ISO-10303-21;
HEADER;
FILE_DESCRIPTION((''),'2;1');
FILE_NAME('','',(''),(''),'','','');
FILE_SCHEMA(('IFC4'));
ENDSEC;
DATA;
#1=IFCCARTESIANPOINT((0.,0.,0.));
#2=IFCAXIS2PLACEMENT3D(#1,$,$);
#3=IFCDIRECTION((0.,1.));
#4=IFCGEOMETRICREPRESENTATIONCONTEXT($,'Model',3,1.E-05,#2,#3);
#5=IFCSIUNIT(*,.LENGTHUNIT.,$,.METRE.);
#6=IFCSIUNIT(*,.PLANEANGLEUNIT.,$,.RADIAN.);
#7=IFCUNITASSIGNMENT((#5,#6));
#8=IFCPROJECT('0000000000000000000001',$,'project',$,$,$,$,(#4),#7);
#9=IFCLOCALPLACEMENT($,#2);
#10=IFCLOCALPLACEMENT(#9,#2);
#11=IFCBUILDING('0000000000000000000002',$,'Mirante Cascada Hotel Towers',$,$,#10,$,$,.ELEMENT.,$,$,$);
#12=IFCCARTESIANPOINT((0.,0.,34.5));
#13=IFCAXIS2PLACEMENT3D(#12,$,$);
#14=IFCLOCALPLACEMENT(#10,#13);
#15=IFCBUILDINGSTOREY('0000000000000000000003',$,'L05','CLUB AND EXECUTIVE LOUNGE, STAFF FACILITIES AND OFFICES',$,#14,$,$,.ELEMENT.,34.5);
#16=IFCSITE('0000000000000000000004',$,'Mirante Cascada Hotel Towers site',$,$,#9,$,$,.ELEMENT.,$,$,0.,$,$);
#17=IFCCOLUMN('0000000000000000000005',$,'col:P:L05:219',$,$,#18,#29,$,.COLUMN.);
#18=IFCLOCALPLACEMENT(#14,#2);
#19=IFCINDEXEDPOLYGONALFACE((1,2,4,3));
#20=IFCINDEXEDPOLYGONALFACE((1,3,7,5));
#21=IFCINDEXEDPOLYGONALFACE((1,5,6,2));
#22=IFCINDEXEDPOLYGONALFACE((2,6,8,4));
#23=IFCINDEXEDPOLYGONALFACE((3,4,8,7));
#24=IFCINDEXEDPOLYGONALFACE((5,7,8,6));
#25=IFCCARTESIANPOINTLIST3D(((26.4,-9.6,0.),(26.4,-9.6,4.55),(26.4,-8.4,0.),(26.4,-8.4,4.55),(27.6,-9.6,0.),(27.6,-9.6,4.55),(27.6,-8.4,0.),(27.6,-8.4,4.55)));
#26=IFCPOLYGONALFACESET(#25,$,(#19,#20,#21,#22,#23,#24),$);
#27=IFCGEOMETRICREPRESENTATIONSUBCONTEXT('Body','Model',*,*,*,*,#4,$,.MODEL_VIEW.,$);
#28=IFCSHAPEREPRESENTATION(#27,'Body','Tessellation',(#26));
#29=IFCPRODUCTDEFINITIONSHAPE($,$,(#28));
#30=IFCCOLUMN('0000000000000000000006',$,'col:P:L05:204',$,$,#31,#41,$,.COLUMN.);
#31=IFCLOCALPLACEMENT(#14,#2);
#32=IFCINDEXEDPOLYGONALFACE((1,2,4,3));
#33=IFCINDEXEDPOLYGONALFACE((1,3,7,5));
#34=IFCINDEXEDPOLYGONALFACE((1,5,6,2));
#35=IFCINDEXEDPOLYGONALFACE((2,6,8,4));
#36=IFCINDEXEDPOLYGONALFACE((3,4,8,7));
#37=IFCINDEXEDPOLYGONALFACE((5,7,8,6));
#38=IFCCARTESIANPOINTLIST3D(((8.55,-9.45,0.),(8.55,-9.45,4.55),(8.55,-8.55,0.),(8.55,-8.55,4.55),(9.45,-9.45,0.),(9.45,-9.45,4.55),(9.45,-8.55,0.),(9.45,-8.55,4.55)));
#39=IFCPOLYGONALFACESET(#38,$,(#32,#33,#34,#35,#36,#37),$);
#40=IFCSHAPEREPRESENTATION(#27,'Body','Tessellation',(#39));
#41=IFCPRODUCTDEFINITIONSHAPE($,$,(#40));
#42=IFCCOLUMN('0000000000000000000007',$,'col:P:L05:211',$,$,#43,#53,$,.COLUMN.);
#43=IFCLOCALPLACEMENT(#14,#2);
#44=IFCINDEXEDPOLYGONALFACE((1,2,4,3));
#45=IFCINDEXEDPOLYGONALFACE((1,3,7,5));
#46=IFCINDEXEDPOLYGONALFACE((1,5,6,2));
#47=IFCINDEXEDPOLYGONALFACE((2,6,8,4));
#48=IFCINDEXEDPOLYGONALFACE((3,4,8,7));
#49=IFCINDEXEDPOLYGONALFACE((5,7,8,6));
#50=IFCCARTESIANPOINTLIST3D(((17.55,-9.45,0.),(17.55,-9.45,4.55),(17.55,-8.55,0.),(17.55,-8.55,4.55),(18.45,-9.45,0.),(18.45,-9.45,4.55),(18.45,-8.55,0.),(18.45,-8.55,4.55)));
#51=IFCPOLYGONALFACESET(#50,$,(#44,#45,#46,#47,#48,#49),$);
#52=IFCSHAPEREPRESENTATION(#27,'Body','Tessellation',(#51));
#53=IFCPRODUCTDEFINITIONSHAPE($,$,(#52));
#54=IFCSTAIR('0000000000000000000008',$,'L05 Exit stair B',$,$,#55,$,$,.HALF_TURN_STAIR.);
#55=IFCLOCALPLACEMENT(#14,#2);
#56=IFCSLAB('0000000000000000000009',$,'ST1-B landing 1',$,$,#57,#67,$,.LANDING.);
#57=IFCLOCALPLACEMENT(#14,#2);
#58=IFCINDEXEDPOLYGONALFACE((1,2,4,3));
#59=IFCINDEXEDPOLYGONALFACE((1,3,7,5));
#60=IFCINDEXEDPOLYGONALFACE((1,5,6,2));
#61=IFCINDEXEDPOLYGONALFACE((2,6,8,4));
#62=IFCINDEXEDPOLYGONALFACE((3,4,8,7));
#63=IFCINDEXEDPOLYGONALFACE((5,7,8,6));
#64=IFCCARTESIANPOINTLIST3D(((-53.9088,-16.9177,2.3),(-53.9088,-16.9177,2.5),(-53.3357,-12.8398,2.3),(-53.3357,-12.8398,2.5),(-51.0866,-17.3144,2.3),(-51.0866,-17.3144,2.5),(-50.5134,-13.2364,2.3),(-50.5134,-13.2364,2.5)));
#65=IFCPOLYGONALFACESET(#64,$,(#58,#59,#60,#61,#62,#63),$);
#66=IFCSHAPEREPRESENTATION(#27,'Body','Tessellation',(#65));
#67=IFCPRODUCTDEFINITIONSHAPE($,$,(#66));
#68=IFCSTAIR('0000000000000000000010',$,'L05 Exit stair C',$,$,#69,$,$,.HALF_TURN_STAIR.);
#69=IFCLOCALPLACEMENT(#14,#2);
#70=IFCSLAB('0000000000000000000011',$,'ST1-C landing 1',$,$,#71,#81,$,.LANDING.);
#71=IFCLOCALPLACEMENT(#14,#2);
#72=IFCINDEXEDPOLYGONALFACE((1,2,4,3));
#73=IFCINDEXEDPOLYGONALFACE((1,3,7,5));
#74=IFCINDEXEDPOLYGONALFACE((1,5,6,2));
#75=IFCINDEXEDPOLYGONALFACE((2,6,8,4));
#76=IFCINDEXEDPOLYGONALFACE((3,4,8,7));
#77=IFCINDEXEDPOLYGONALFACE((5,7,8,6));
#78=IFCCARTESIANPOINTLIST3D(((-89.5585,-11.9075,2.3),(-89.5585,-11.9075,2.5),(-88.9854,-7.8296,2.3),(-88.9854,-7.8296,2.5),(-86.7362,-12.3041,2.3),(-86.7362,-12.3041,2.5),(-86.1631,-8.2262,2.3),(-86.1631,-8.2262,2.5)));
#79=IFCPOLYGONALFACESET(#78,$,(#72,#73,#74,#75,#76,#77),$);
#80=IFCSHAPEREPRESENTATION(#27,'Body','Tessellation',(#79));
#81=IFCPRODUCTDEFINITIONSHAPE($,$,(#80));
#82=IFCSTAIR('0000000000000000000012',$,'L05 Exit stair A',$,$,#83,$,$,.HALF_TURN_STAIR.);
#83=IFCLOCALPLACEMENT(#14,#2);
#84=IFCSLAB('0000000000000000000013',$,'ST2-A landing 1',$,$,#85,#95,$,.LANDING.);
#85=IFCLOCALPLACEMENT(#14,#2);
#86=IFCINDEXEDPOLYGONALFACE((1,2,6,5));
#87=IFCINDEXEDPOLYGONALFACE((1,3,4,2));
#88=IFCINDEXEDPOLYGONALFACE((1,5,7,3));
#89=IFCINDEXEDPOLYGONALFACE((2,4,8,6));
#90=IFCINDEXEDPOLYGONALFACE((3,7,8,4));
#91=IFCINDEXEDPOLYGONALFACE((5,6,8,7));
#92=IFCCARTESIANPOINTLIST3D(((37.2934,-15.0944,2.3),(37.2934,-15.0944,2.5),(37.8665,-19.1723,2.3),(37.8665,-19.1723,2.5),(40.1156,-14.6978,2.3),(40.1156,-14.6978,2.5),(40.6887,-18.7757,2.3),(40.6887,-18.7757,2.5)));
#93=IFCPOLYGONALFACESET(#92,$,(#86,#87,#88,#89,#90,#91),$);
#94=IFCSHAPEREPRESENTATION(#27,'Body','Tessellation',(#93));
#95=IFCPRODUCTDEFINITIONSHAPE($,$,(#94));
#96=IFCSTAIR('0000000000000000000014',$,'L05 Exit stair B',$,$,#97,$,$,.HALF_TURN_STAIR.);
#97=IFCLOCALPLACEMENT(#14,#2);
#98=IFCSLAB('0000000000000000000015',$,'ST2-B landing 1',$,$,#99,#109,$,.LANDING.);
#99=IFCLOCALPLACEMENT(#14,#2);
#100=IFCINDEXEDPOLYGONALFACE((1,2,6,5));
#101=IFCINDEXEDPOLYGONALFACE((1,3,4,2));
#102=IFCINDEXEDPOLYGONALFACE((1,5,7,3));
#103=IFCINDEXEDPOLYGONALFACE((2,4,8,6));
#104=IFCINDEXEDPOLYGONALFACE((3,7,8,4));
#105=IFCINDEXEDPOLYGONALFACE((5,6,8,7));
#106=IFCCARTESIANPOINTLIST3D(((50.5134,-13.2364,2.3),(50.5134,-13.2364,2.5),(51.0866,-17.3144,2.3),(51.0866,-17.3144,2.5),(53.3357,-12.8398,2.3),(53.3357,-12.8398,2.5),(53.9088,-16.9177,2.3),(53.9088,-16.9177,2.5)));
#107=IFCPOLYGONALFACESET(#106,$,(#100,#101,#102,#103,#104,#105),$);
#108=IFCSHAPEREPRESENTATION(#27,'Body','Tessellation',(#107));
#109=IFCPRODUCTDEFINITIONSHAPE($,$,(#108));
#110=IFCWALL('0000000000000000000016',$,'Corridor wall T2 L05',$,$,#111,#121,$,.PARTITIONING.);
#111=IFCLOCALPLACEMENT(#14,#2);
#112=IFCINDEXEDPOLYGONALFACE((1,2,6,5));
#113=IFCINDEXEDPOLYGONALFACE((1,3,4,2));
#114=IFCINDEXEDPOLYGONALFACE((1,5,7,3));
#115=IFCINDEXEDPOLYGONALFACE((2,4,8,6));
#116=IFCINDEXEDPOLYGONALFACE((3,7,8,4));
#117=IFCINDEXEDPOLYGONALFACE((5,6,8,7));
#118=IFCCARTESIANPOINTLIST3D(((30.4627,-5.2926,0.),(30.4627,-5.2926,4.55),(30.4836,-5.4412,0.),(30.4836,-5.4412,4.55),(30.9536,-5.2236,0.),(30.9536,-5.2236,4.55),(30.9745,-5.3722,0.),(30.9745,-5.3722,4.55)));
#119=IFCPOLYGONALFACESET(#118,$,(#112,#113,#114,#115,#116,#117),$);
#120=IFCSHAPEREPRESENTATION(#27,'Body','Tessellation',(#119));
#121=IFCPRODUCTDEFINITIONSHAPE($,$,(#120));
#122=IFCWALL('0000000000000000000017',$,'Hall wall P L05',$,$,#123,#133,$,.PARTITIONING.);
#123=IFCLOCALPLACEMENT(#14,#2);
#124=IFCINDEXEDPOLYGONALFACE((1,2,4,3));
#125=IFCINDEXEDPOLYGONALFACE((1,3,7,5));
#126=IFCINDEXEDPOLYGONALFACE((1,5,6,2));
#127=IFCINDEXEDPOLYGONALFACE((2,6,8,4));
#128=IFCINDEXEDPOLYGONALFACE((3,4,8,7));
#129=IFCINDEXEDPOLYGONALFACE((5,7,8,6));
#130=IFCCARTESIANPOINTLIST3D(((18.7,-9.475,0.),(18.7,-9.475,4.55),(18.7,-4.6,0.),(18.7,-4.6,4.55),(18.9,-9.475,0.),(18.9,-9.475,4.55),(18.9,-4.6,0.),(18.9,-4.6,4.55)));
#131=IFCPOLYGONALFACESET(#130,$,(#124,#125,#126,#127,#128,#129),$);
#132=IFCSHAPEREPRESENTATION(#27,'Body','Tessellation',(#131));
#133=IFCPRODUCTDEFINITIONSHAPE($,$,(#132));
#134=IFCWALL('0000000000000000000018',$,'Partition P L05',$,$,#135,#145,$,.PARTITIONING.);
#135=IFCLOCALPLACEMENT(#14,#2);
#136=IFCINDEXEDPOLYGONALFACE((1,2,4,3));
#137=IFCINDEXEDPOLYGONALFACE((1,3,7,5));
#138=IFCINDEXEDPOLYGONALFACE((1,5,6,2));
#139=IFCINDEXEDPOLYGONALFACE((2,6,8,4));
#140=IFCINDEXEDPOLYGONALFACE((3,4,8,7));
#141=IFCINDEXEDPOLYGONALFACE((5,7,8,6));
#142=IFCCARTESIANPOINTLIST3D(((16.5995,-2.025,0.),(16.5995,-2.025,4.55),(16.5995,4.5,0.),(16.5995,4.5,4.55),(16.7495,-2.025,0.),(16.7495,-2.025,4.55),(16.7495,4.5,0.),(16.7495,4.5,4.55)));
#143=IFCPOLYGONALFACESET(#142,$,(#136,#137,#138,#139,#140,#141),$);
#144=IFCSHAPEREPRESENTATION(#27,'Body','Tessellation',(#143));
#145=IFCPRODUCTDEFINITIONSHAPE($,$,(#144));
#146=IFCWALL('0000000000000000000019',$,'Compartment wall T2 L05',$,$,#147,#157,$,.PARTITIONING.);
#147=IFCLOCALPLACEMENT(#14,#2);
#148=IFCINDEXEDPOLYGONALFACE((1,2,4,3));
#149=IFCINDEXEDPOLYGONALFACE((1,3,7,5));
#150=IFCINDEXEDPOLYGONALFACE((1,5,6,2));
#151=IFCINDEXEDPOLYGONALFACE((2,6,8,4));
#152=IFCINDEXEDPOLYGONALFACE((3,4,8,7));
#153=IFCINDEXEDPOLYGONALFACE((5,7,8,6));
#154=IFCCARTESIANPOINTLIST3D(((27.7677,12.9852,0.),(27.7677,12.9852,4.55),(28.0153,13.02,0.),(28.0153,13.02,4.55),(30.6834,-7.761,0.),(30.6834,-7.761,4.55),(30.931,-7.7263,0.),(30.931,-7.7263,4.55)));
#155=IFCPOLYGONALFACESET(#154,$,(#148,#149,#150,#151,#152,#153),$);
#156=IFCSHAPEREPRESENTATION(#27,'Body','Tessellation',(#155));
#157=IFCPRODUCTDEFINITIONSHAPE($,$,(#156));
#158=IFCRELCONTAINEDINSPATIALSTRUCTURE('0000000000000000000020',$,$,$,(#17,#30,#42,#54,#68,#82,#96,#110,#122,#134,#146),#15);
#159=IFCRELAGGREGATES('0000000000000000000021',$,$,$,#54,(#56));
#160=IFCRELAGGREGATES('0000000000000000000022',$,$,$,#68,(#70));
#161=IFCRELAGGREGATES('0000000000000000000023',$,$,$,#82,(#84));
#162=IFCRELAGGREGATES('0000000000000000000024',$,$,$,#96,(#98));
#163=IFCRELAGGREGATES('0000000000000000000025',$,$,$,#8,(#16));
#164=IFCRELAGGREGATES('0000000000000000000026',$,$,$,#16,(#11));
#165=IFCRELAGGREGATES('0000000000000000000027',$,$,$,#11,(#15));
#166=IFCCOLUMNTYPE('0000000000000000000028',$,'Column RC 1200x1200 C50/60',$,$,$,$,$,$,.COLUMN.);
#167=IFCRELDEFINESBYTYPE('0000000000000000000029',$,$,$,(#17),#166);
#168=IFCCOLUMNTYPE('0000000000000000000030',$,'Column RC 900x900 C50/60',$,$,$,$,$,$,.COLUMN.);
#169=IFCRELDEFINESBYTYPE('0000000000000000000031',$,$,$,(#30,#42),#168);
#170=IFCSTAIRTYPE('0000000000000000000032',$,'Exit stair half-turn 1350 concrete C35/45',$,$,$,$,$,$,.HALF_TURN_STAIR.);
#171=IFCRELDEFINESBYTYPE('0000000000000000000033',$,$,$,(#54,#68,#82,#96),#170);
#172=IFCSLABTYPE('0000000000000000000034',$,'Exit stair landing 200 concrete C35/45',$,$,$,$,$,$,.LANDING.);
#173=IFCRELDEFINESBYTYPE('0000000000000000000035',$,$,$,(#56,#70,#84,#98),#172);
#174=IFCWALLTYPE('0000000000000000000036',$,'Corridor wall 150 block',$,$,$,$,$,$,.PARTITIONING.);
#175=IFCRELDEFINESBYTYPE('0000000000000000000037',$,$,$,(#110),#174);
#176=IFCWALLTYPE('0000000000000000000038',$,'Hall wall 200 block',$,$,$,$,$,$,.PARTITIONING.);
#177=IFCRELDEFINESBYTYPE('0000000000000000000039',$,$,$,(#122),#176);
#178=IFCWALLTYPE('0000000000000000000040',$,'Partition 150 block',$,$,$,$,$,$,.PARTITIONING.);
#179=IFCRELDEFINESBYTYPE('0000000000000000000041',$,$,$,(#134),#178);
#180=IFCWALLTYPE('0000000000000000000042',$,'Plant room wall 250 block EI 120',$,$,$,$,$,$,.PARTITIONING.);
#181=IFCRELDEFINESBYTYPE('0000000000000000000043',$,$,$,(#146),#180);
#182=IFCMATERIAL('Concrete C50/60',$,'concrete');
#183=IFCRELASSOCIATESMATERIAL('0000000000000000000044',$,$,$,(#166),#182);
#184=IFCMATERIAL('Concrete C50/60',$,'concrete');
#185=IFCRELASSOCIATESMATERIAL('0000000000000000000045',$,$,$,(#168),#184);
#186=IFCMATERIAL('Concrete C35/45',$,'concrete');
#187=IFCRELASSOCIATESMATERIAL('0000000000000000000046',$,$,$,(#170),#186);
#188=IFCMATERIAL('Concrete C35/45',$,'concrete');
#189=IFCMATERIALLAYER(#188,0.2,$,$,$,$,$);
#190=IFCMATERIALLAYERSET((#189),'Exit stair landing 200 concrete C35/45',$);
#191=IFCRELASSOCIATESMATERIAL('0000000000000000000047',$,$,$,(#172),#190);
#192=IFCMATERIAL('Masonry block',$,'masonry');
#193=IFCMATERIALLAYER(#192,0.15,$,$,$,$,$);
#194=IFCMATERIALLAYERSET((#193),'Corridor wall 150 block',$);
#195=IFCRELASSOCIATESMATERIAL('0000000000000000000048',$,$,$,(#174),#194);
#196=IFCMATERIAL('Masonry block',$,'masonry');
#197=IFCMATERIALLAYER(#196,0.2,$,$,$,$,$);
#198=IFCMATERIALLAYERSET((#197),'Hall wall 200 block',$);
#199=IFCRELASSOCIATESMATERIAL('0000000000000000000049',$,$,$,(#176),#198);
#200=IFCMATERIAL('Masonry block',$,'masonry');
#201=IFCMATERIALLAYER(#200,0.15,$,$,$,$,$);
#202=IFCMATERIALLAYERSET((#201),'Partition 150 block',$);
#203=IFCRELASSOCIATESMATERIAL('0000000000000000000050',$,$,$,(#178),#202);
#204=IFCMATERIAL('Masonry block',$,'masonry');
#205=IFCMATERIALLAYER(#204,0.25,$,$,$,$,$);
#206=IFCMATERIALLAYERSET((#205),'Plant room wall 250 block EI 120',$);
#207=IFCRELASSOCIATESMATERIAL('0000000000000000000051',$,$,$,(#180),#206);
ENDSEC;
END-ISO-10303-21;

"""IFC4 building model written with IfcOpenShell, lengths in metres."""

from ifc_helpers import new_model, si_unit, direction, frame, frame_2d, origin, origin_2d, place, context, subcontext, project, spatial, polyline, rectangle, outline, extrude, material, layer, layer_set, material_profile, profile_set, type_object, element, aggregate, save


model = new_model("IFC4")

# Units and contexts
model_context = context("Model", 3, precision=1e-05, world=origin(), true_north=direction((0.0, 1.0)))
body_context = subcontext(model_context, "Body", "Model", "MODEL_VIEW")
ifc_project = project(units=[si_unit("LENGTHUNIT", "METRE"), si_unit("PLANEANGLEUNIT", "RADIAN")], contexts=[model_context])

# Site, building, storey
site_placement = place(None, origin())
site = spatial("IfcSite", under=ifc_project, at=site_placement, Name="Mirante Cascada Hotel Towers site", CompositionType="ELEMENT", RefElevation=0.0)
building_placement = place(site_placement, origin())
building = spatial("IfcBuilding", under=site, at=building_placement, Name="Mirante Cascada Hotel Towers", CompositionType="ELEMENT")
storey_placement = place(building_placement, frame((0.0, 0.0, 34.5)))
storey = spatial("IfcBuildingStorey", under=building, at=storey_placement, Name="L05", Description="CLUB AND EXECUTIVE LOUNGE, STAFF FACILITIES AND OFFICES", CompositionType="ELEMENT", Elevation=34.5)

# Columns
ifc_material_1 = material(Name="Concrete C50/60", Category="concrete")
ifc_material_profile_1 = material_profile(ifc_material_1, rectangle(XDim=1.2, YDim=1.2, at=origin_2d()), Name="RC 1200x1200")
ifc_profile_set_1 = profile_set([ifc_material_profile_1], Name="Concrete C50/60")
column_type_1 = type_object("IfcColumnType", Name="Column RC 1200x1200 C50/60", PredefinedType="COLUMN", material=ifc_profile_set_1)
column_placement = place(storey_placement, frame((27.0, -9.0, 0.0), z_axis=(0.0, 0.0, 1.0), x_axis=(1.0, 0.0, 0.0)))
element("IfcColumn", 1, at=column_placement, inside=storey, type_object=column_type_1, Name="col:P:L05:219", PredefinedType="COLUMN", context=body_context, shape_type="SweptSolid", body=[
    extrude(rectangle(XDim=1.2, YDim=1.2, at=origin_2d()), origin(), (0.0, 0.0, 1.0), 4.55),
])
ifc_material_2 = material(Name="Concrete C50/60", Category="concrete")
ifc_material_profile_2 = material_profile(ifc_material_2, rectangle(XDim=0.9, YDim=0.9, at=origin_2d()), Name="RC 900x900")
ifc_profile_set_2 = profile_set([ifc_material_profile_2], Name="Concrete C50/60")
column_type_2 = type_object("IfcColumnType", Name="Column RC 900x900 C50/60", PredefinedType="COLUMN", material=ifc_profile_set_2)
for number, where, z_axis, x_axis, name in (
    (2, (9.0, -9.0, 0.0), (0.0, 0.0, 1.0), (1.0, 0.0, 0.0), "col:P:L05:204"),
    (3, (18.0, -9.0, 0.0), (0.0, 0.0, 1.0), (1.0, 0.0, 0.0), "col:P:L05:211"),
):
    element("IfcColumn", number, at=place(storey_placement, frame(where, z_axis=z_axis, x_axis=x_axis)), inside=storey, type_object=column_type_2, Name=name, PredefinedType="COLUMN", context=body_context, shape_type="SweptSolid", body=[
        extrude(rectangle(XDim=0.9, YDim=0.9, at=origin_2d()), origin(), (0.0, 0.0, 1.0), 4.55),
    ])

# Stairs, slabs
ifc_material_3 = material(Name="Concrete C35/45", Category="concrete")
stair_type = type_object("IfcStairType", Name="Exit stair half-turn 1350 concrete C35/45", PredefinedType="HALF_TURN_STAIR", material=ifc_material_3)
stair_1_placement = place(storey_placement, origin())
stair_1 = element("IfcStair", 4, at=stair_1_placement, inside=storey, type_object=stair_type, Name="L05 Exit stair B", PredefinedType="HALF_TURN_STAIR")
ifc_material_4 = material(Name="Concrete C35/45", Category="concrete")
ifc_layer_1 = layer(ifc_material_4, 0.2)
ifc_layer_set_1 = layer_set([ifc_layer_1], Name="Exit stair landing 200 concrete C35/45")
slab_type = type_object("IfcSlabType", Name="Exit stair landing 200 concrete C35/45", PredefinedType="LANDING", material=ifc_layer_set_1)
slab_1_placement = place(storey_placement, frame((0.0, 0.0, 2.3)))
slab_1 = element("IfcSlab", 5, at=slab_1_placement, type_object=slab_type, Name="ST1-B landing 1", PredefinedType="LANDING", context=body_context, shape_type="SweptSolid", body=[
    extrude(outline(polyline([(-53.3357, -12.8398), (-53.9088, -16.9177), (-51.0866, -17.3144), (-50.5134, -13.2364), (-53.3357, -12.8398)])), origin(), (0.0, 0.0, 1.0), 0.2),
])
aggregate(stair_1, [slab_1])
stair_2_placement = place(storey_placement, origin())
stair_2 = element("IfcStair", 6, at=stair_2_placement, inside=storey, type_object=stair_type, Name="L05 Exit stair C", PredefinedType="HALF_TURN_STAIR")
slab_2_placement = place(storey_placement, frame((0.0, 0.0, 2.3)))
slab_2 = element("IfcSlab", 7, at=slab_2_placement, type_object=slab_type, Name="ST1-C landing 1", PredefinedType="LANDING", context=body_context, shape_type="SweptSolid", body=[
    extrude(outline(polyline([(-88.9854, -7.8296), (-89.5585, -11.9075), (-86.7362, -12.3041), (-86.1631, -8.2262), (-88.9854, -7.8296)])), origin(), (0.0, 0.0, 1.0), 0.2),
])
aggregate(stair_2, [slab_2])
stair_3_placement = place(storey_placement, origin())
stair_3 = element("IfcStair", 8, at=stair_3_placement, inside=storey, type_object=stair_type, Name="L05 Exit stair A", PredefinedType="HALF_TURN_STAIR")
slab_3_placement = place(storey_placement, frame((0.0, 0.0, 2.3)))
slab_3 = element("IfcSlab", 9, at=slab_3_placement, type_object=slab_type, Name="ST2-A landing 1", PredefinedType="LANDING", context=body_context, shape_type="SweptSolid", body=[
    extrude(outline(polyline([(37.2934, -15.0944), (37.8665, -19.1723), (40.6887, -18.7757), (40.1156, -14.6978), (37.2934, -15.0944)])), origin(), (0.0, 0.0, 1.0), 0.2),
])
aggregate(stair_3, [slab_3])
stair_4_placement = place(storey_placement, origin())
stair_4 = element("IfcStair", 10, at=stair_4_placement, inside=storey, type_object=stair_type, Name="L05 Exit stair B", PredefinedType="HALF_TURN_STAIR")
slab_4_placement = place(storey_placement, frame((0.0, 0.0, 2.3)))
slab_4 = element("IfcSlab", 11, at=slab_4_placement, type_object=slab_type, Name="ST2-B landing 1", PredefinedType="LANDING", context=body_context, shape_type="SweptSolid", body=[
    extrude(outline(polyline([(50.5134, -13.2364), (51.0866, -17.3144), (53.9088, -16.9177), (53.3357, -12.8398), (50.5134, -13.2364)])), origin(), (0.0, 0.0, 1.0), 0.2),
])
aggregate(stair_4, [slab_4])

# Walls
ifc_material_5 = material(Name="Masonry block", Category="masonry")
ifc_layer_2 = layer(ifc_material_5, 0.15)
ifc_layer_set_2 = layer_set([ifc_layer_2], Name="Corridor wall 150 block")
wall_type_1 = type_object("IfcWallType", Name="Corridor wall 150 block", PredefinedType="PARTITIONING", material=ifc_layer_set_2)
wall_1_placement = place(storey_placement, frame((30.4732, -5.3669, 0.0), z_axis=(0.0, 0.0, 1.0), x_axis=(0.990266, 0.13919, 0.0)))
element("IfcWall", 12, at=wall_1_placement, inside=storey, type_object=wall_type_1, Name="Corridor wall T2 L05", PredefinedType="PARTITIONING", context=body_context, shape_type="SweptSolid", body=[
    extrude(rectangle(XDim=0.4957, YDim=0.15, at=frame_2d((0.2478, 0.0))), origin(), (0.0, 0.0, 1.0), 4.55),
])
ifc_material_6 = material(Name="Masonry block", Category="masonry")
ifc_layer_3 = layer(ifc_material_6, 0.2)
ifc_layer_set_3 = layer_set([ifc_layer_3], Name="Hall wall 200 block")
wall_type_2 = type_object("IfcWallType", Name="Hall wall 200 block", PredefinedType="PARTITIONING", material=ifc_layer_set_3)
wall_2_placement = place(storey_placement, frame((18.8, -9.475, 0.0), z_axis=(0.0, 0.0, 1.0), x_axis=(0.0, 1.0, 0.0)))
element("IfcWall", 13, at=wall_2_placement, inside=storey, type_object=wall_type_2, Name="Hall wall P L05", PredefinedType="PARTITIONING", context=body_context, shape_type="SweptSolid", body=[
    extrude(rectangle(XDim=4.875, YDim=0.2, at=frame_2d((2.4375, 0.0))), origin(), (0.0, 0.0, 1.0), 4.55),
])
ifc_material_7 = material(Name="Masonry block", Category="masonry")
ifc_layer_4 = layer(ifc_material_7, 0.15)
ifc_layer_set_4 = layer_set([ifc_layer_4], Name="Partition 150 block")
wall_type_3 = type_object("IfcWallType", Name="Partition 150 block", PredefinedType="PARTITIONING", material=ifc_layer_set_4)
wall_3_placement = place(storey_placement, frame((16.6745, -2.025, 0.0), z_axis=(0.0, 0.0, 1.0), x_axis=(0.0, 1.0, 0.0)))
element("IfcWall", 14, at=wall_3_placement, inside=storey, type_object=wall_type_3, Name="Partition P L05", PredefinedType="PARTITIONING", context=body_context, shape_type="SweptSolid", body=[
    extrude(rectangle(XDim=6.525, YDim=0.15, at=frame_2d((3.2625, 0.0))), origin(), (0.0, 0.0, 1.0), 4.55),
])
ifc_material_8 = material(Name="Masonry block", Category="masonry")
ifc_layer_5 = layer(ifc_material_8, 0.25)
ifc_layer_set_5 = layer_set([ifc_layer_5], Name="Plant room wall 250 block EI 120")
wall_type_4 = type_object("IfcWallType", Name="Plant room wall 250 block EI 120", PredefinedType="PARTITIONING", material=ifc_layer_set_5)
wall_4_placement = place(storey_placement, frame((30.8072, -7.7436, 0.0), z_axis=(0.0, 0.0, 1.0), x_axis=(-0.139174, 0.990268, 0.0)))
element("IfcWall", 15, at=wall_4_placement, inside=storey, type_object=wall_type_4, Name="Compartment wall T2 L05", PredefinedType="PARTITIONING", context=body_context, shape_type="SweptSolid", body=[
    extrude(rectangle(XDim=20.9501, YDim=0.25, at=frame_2d((10.475, 0.0))), origin(), (0.0, 0.0, 1.0), 4.55),
])

save(model, "model.ifc")
